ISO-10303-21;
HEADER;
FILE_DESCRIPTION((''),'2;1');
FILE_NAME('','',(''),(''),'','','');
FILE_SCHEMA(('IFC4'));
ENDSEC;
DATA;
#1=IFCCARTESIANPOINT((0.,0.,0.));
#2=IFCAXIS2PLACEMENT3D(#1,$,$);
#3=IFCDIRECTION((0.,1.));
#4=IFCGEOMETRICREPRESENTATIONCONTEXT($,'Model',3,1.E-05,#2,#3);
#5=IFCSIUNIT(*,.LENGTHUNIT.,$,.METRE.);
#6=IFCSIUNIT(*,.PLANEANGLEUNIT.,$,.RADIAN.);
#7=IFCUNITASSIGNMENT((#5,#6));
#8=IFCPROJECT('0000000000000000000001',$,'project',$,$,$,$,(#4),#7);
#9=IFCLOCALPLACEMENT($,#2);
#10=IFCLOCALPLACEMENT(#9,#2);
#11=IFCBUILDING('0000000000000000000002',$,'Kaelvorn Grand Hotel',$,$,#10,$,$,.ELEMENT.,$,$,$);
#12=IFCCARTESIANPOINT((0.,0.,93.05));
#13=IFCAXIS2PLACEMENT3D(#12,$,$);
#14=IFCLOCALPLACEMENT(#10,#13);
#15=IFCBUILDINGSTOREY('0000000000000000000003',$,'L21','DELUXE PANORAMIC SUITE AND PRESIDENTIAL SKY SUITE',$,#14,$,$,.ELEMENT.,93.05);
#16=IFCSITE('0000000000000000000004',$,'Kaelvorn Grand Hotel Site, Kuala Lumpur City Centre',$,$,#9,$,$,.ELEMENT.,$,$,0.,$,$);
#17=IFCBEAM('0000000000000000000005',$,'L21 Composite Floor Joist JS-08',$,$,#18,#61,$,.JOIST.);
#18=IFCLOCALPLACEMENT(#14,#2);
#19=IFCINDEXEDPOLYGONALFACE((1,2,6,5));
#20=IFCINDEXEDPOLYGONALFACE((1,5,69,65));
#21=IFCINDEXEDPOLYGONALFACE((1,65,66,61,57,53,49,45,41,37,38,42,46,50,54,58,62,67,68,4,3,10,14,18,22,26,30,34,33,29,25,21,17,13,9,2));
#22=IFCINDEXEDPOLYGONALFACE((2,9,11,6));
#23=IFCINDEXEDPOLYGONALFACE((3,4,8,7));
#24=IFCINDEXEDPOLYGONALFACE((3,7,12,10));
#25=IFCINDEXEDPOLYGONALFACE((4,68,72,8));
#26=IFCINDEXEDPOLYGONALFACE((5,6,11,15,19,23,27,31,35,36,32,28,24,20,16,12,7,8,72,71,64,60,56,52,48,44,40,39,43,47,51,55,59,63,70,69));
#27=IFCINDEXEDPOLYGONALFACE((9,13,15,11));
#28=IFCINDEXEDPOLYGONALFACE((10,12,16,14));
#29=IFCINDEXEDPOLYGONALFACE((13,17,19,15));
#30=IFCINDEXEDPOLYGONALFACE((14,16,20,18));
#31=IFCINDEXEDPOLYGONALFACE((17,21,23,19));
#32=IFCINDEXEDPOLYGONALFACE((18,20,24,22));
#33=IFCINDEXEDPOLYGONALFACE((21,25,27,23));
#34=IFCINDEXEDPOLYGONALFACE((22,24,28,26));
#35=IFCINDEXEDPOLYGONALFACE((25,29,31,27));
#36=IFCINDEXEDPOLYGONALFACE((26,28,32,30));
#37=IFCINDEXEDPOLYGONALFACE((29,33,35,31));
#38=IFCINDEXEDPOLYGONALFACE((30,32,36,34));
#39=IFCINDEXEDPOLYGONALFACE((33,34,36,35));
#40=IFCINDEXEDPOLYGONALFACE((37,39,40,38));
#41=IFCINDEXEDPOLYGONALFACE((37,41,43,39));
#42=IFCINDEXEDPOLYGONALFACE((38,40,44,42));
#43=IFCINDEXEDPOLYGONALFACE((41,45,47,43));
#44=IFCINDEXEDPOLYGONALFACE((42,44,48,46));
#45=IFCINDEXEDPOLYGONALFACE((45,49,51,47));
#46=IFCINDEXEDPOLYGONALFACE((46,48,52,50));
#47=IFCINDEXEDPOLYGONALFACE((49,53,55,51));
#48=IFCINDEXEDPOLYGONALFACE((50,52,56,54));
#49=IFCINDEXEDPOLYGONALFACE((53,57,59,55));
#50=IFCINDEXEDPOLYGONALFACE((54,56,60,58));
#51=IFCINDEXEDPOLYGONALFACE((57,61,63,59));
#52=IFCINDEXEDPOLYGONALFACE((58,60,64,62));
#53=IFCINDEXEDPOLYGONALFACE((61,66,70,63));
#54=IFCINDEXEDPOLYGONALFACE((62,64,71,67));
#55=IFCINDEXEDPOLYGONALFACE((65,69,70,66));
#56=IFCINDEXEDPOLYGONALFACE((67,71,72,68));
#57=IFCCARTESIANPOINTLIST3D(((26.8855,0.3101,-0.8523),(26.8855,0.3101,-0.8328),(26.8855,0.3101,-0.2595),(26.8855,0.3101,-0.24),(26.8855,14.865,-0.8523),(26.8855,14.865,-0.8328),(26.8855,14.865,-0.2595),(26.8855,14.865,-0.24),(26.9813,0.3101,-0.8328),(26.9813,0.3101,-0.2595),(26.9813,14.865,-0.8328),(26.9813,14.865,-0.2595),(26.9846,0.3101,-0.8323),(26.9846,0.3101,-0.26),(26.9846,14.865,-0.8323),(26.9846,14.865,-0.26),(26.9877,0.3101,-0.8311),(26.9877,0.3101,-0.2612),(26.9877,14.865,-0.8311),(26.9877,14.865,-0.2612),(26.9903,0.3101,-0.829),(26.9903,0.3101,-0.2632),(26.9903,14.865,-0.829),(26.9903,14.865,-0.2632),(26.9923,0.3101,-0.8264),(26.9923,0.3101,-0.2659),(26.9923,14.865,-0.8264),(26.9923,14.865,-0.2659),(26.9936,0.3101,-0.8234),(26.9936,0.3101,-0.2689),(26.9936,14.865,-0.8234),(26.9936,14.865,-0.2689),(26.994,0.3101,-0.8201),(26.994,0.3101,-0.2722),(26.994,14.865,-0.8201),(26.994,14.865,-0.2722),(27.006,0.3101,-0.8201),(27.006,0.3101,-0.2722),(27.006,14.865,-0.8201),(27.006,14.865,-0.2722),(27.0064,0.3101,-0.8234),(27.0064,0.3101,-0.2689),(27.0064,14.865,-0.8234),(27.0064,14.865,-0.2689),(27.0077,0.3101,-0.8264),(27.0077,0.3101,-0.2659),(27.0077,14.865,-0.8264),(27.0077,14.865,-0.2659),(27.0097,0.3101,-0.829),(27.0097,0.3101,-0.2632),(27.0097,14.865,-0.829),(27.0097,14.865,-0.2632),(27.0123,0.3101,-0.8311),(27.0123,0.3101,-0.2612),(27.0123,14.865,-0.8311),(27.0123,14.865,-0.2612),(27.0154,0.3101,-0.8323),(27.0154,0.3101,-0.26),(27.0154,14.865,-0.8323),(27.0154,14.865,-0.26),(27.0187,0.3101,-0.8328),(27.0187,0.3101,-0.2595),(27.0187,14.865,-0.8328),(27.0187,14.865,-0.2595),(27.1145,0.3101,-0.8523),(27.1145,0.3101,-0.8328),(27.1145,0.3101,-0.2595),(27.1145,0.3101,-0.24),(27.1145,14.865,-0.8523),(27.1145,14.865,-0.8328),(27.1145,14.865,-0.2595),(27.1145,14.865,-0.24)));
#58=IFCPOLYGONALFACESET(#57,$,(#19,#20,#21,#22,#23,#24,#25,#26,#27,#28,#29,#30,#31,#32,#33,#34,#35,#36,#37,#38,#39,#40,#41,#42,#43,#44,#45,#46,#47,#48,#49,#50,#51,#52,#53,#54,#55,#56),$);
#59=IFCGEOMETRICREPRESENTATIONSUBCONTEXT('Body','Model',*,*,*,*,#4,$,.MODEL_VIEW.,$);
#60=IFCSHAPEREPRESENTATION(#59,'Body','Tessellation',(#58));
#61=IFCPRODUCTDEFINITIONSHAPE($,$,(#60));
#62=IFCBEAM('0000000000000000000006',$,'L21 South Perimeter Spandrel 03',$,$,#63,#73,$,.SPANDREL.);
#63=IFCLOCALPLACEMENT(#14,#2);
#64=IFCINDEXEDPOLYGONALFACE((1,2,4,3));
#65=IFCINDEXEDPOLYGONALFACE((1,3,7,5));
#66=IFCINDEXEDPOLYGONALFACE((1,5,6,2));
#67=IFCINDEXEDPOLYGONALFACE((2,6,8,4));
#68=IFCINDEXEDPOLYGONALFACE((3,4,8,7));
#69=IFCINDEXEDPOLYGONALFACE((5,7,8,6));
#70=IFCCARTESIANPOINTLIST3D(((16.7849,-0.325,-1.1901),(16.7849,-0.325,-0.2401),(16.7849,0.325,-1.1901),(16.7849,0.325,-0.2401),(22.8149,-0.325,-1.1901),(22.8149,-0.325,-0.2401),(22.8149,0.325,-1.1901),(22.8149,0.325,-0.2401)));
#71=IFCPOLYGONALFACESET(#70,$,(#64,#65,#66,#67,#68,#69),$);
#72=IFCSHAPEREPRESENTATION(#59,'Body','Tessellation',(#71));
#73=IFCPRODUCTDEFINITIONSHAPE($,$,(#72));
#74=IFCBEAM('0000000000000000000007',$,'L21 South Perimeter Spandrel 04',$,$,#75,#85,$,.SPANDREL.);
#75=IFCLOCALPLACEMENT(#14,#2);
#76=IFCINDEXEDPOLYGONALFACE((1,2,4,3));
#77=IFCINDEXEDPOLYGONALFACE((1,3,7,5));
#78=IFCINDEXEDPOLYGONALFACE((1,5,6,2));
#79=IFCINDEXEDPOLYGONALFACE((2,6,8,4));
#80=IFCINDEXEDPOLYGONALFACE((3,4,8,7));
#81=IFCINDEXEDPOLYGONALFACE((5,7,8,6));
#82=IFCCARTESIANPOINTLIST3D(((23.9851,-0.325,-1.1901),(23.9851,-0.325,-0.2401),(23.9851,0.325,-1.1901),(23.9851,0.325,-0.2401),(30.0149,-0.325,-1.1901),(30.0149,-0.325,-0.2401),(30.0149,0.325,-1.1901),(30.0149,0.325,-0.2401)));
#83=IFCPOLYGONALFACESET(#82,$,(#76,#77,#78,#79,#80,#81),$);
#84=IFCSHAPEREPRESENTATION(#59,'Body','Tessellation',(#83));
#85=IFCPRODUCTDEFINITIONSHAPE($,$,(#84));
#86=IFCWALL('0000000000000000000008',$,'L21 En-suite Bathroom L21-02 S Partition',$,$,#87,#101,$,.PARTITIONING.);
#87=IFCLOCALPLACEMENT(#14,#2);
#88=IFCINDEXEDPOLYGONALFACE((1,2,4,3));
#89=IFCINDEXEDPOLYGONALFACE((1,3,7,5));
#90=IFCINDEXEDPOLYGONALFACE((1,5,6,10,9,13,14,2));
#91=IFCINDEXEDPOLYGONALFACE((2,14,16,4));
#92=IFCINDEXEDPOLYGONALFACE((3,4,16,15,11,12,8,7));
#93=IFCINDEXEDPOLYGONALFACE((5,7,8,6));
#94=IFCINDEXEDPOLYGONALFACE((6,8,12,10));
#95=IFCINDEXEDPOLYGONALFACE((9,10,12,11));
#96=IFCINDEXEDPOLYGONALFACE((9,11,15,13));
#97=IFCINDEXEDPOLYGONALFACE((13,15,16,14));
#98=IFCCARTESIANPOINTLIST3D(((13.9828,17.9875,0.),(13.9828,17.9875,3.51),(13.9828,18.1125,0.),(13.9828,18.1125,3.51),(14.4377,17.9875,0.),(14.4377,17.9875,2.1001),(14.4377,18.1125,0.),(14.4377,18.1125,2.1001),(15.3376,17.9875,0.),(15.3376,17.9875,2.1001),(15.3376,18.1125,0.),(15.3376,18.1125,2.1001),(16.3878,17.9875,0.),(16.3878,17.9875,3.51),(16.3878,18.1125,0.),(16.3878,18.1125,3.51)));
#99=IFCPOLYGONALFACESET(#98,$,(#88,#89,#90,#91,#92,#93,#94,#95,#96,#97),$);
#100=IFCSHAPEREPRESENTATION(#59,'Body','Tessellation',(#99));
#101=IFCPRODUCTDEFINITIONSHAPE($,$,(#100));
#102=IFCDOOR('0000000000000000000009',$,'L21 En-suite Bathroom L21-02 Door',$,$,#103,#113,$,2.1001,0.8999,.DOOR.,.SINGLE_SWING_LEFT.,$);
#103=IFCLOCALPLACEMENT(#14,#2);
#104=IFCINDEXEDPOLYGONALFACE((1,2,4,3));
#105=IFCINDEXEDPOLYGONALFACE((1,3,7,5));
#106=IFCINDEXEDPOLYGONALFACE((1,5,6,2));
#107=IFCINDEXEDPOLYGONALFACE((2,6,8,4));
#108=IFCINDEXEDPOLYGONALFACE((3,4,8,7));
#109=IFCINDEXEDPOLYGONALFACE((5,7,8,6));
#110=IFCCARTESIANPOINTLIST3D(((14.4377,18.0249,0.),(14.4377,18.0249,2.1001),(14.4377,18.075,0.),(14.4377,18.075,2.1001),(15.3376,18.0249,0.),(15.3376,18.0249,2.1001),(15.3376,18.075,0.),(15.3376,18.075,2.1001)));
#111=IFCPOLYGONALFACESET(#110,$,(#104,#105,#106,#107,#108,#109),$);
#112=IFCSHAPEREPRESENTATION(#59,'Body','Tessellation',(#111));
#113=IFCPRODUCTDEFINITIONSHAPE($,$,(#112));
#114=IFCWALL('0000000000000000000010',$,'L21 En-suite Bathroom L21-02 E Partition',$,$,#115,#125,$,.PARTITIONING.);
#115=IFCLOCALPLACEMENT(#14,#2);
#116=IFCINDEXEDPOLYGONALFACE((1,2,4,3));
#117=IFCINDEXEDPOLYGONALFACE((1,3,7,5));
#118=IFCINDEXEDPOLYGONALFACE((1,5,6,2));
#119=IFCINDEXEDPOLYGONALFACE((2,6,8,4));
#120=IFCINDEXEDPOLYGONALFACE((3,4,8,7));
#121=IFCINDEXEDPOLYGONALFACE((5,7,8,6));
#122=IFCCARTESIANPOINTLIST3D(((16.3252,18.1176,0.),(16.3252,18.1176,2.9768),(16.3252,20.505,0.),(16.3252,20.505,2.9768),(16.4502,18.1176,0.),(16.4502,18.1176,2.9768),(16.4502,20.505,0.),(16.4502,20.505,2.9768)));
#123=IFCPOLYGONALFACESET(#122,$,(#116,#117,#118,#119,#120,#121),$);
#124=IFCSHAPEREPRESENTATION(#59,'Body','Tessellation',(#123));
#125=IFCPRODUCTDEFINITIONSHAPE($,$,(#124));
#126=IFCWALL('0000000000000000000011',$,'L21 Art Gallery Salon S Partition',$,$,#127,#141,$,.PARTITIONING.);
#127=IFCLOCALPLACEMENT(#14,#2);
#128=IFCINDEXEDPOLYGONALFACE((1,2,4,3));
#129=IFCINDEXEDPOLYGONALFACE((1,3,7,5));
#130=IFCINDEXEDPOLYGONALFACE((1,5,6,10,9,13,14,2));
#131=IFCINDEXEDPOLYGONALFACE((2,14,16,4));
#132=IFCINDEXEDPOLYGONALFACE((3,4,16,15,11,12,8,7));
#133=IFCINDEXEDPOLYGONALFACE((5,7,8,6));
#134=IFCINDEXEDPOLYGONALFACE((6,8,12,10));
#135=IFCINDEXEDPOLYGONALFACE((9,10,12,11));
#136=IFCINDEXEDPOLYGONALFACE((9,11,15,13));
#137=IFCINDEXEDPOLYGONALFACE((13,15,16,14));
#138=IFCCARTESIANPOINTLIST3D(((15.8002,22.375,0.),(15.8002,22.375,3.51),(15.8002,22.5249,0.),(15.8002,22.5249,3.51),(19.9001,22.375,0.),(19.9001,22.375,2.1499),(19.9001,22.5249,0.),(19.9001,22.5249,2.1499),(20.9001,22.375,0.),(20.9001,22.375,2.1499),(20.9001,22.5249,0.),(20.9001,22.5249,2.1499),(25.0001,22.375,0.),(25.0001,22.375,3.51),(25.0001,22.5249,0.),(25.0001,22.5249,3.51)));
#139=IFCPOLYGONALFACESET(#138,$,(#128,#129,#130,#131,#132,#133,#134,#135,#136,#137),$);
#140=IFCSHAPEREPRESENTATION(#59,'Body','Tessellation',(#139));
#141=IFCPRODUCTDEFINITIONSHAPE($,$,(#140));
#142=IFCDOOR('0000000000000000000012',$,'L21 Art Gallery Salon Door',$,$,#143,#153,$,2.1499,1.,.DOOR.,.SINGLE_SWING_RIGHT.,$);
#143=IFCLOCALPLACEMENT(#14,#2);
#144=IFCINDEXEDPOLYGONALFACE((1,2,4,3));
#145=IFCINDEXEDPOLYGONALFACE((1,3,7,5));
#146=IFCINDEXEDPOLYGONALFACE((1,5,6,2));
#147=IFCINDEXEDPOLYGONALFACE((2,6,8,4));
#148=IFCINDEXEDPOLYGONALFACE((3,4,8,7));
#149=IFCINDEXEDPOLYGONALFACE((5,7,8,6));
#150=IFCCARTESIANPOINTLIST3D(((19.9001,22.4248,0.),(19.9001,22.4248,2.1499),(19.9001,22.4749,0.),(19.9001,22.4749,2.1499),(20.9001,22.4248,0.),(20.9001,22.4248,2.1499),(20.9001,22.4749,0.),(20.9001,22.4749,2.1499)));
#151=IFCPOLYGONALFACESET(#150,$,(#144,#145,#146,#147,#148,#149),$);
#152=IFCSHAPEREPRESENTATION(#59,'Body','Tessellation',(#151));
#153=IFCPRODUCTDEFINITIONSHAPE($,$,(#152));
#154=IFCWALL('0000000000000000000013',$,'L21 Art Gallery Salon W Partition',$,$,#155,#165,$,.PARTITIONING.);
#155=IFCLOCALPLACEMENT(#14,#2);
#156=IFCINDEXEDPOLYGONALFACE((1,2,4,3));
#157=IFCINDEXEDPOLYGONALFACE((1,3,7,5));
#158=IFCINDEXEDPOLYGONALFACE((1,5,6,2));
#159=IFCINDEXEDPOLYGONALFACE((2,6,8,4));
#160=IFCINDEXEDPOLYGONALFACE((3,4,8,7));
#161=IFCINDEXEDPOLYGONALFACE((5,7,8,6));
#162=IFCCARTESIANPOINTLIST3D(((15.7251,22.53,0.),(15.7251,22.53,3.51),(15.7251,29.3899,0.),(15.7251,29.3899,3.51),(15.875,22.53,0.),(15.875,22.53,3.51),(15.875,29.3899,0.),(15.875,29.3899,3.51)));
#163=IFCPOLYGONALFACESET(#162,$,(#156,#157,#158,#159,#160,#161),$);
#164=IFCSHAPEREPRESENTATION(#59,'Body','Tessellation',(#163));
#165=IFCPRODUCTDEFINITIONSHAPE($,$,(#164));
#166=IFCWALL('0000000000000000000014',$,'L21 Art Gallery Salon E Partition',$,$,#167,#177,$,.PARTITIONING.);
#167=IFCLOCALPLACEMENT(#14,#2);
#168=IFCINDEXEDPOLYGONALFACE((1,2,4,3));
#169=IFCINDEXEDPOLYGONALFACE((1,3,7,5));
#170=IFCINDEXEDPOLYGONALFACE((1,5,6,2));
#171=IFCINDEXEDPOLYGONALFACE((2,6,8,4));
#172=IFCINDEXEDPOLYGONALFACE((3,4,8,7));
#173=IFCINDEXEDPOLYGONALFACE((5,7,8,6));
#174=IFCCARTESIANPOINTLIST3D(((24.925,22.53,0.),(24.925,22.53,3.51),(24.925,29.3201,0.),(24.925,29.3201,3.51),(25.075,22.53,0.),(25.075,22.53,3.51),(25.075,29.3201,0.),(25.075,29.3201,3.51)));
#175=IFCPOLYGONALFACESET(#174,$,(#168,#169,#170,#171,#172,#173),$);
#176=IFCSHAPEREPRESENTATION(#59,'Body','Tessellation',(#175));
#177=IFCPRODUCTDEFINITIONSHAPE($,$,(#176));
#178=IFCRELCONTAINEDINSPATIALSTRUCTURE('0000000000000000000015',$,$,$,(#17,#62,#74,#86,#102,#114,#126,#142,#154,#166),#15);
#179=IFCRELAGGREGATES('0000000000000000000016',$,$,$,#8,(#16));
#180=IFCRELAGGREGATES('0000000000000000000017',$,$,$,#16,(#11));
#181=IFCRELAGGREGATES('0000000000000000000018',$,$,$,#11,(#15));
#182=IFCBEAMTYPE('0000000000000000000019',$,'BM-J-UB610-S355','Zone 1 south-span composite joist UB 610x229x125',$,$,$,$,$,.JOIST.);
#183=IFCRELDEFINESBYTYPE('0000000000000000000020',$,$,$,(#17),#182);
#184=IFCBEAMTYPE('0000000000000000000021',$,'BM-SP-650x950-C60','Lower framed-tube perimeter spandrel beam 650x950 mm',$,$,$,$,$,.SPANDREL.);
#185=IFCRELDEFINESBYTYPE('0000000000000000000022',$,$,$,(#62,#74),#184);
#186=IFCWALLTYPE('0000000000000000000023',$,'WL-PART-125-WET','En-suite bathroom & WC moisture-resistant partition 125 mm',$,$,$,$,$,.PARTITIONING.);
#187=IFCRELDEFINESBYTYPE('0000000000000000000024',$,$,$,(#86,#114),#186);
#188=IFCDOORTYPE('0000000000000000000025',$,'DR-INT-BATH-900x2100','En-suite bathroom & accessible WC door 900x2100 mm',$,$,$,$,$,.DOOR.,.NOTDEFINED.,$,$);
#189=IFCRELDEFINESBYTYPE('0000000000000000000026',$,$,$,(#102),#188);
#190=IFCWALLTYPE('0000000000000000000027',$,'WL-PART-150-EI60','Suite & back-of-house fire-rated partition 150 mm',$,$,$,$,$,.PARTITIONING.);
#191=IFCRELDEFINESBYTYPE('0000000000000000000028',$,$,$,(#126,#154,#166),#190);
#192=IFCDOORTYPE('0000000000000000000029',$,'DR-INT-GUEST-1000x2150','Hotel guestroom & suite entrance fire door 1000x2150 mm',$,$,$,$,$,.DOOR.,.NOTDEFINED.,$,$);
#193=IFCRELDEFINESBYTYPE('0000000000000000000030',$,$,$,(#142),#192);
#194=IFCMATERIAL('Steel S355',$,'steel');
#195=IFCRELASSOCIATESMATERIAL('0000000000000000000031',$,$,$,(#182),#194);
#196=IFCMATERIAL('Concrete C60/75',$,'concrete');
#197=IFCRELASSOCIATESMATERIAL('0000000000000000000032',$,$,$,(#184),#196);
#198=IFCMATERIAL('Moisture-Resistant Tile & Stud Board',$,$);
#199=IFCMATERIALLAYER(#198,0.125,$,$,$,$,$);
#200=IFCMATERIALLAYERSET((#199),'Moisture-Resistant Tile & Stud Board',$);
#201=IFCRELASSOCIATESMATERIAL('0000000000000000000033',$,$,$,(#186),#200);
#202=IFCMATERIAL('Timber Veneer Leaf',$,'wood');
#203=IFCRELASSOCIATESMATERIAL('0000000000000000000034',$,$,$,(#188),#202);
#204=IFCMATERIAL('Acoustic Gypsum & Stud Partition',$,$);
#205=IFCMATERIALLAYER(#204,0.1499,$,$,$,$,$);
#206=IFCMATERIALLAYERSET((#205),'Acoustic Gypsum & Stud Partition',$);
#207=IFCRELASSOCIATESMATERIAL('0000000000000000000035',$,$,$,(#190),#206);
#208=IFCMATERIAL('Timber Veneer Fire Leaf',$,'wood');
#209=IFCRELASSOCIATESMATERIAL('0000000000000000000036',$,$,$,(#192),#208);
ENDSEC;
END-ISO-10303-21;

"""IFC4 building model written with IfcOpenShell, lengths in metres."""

from ifc_helpers import new_model, si_unit, direction, frame, frame_2d, origin, origin_2d, place, context, subcontext, project, spatial, rectangle, i_section, extrude, material, layer, layer_set, material_profile, profile_set, type_object, element, fill, save


model = new_model("IFC4")

# Units and contexts
model_context = context("Model", 3, precision=1e-05, world=origin(), true_north=direction((0.0, 1.0)))
body_context = subcontext(model_context, "Body", "Model", "MODEL_VIEW")
ifc_project = project(units=[si_unit("LENGTHUNIT", "METRE"), si_unit("PLANEANGLEUNIT", "RADIAN")], contexts=[model_context])

# Site, building, storey
site_placement = place(None, origin())
site = spatial("IfcSite", under=ifc_project, at=site_placement, Name="Kaelvorn Grand Hotel Site, Kuala Lumpur City Centre", CompositionType="ELEMENT", RefElevation=0.0)
building_placement = place(site_placement, origin())
building = spatial("IfcBuilding", under=site, at=building_placement, Name="Kaelvorn Grand Hotel", CompositionType="ELEMENT")
storey_placement = place(building_placement, frame((0.0, 0.0, 93.05)))
storey = spatial("IfcBuildingStorey", under=building, at=storey_placement, Name="L21", Description="DELUXE PANORAMIC SUITE AND PRESIDENTIAL SKY SUITE", CompositionType="ELEMENT", Elevation=93.05)

# Shared definitions
ifc_material_1 = material(Name="Concrete C60/75", Category="concrete")

# Beams
ifc_material_2 = material(Name="Steel S355", Category="steel")
ifc_material_profile_1 = material_profile(ifc_material_2, i_section(OverallWidth=0.229, OverallDepth=0.6123, WebThickness=0.012, FlangeThickness=0.0195, FilletRadius=0.0127, at=origin_2d()), Name="UB 610x229x125")
ifc_profile_set_1 = profile_set([ifc_material_profile_1], Name="Steel S355")
beam_type_1 = type_object("IfcBeamType", Name="BM-J-UB610-S355", Description="Zone 1 south-span composite joist UB 610x229x125", PredefinedType="JOIST", material=ifc_profile_set_1)
beam_1_placement = place(storey_placement, frame((27.0, 0.3101, -0.5461), z_axis=(0.0, 1.0, 0.0), x_axis=(-1.0, 0.0, 0.0)))
element("IfcBeam", 1, at=beam_1_placement, inside=storey, type_object=beam_type_1, Name="L21 Composite Floor Joist JS-08", PredefinedType="JOIST", context=body_context, shape_type="SweptSolid", body=[
    extrude(i_section(OverallWidth=0.229, OverallDepth=0.6123, WebThickness=0.012, FlangeThickness=0.0195, FilletRadius=0.0127, at=origin_2d()), origin(), (0.0, 0.0, 1.0), 14.5549),
])
ifc_material_profile_2 = material_profile(ifc_material_1, rectangle(XDim=0.6499, YDim=0.95, at=origin_2d()), Name="RC SPANDREL 650x950")
ifc_profile_set_2 = profile_set([ifc_material_profile_2], Name="Concrete C60/75")
beam_type_2 = type_object("IfcBeamType", Name="BM-SP-650x950-C60", Description="Lower framed-tube perimeter spandrel beam 650x950 mm", PredefinedType="SPANDREL", material=ifc_profile_set_2)
beam_2_placement = place(storey_placement, frame((16.7849, 0.0, -0.7151), z_axis=(1.0, 0.0, 0.0), x_axis=(0.0, 1.0, 0.0)))
element("IfcBeam", 2, at=beam_2_placement, inside=storey, type_object=beam_type_2, Name="L21 South Perimeter Spandrel 03", PredefinedType="SPANDREL", context=body_context, shape_type="SweptSolid", body=[
    extrude(rectangle(XDim=0.6499, YDim=0.95, at=origin_2d()), origin(), (0.0, 0.0, 1.0), 6.03),
])
beam_3_placement = place(storey_placement, frame((23.9851, 0.0, -0.7151), z_axis=(1.0, 0.0, 0.0), x_axis=(0.0, 1.0, 0.0)))
element("IfcBeam", 3, at=beam_3_placement, inside=storey, type_object=beam_type_2, Name="L21 South Perimeter Spandrel 04", PredefinedType="SPANDREL", context=body_context, shape_type="SweptSolid", body=[
    extrude(rectangle(XDim=0.6499, YDim=0.95, at=origin_2d()), origin(), (0.0, 0.0, 1.0), 6.0298),
])

# Wall, opening, door
ifc_material_3 = material(Name="Moisture-Resistant Tile & Stud Board")
ifc_layer_1 = layer(ifc_material_3, 0.125)
ifc_layer_set_1 = layer_set([ifc_layer_1], Name="Moisture-Resistant Tile & Stud Board")
wall_type_1 = type_object("IfcWallType", Name="WL-PART-125-WET", Description="En-suite bathroom & WC moisture-resistant partition 125 mm", PredefinedType="PARTITIONING", material=ifc_layer_set_1)
wall_1_placement = place(storey_placement, frame((13.9827, 18.05, 0.0), z_axis=(0.0, 0.0, 1.0), x_axis=(1.0, 0.0, 0.0)))
wall_1 = element("IfcWall", 4, at=wall_1_placement, inside=storey, type_object=wall_type_1, Name="L21 En-suite Bathroom L21-02 S Partition", PredefinedType="PARTITIONING", context=body_context, shape_type="SweptSolid", body=[
    extrude(rectangle(XDim=2.405, YDim=0.125, at=frame_2d((1.2026, 0.0))), origin(), (0.0, 0.0, 1.0), 3.51),
])
opening_1_placement = place(wall_1_placement, frame((0.4551, 0.0, 0.0)))
opening_1 = element("IfcOpeningElement", 5, at=opening_1_placement, cuts=wall_1, PredefinedType="OPENING", context=body_context, shape_type="SweptSolid", body=[
    extrude(rectangle(XDim=0.8999, YDim=2.1001, at=frame_2d((0.45, 1.05))), frame((0.0, 0.0725, 0.0), z_axis=(0.0, -1.0, 0.0), x_axis=(1.0, 0.0, 0.0)), (0.0, 0.0, 1.0), 0.145),
])
ifc_material_4 = material(Name="Timber Veneer Leaf", Category="wood")
door_type_1 = type_object("IfcDoorType", Name="DR-INT-BATH-900x2100", Description="En-suite bathroom & accessible WC door 900x2100 mm", OperationType="NOTDEFINED", PredefinedType="DOOR", material=ifc_material_4)
door_1_placement = place(opening_1_placement, origin())
door_1 = element("IfcDoor", 6, at=door_1_placement, inside=storey, type_object=door_type_1, Name="L21 En-suite Bathroom L21-02 Door", OperationType="SINGLE_SWING_LEFT", OverallHeight=2.1001, OverallWidth=0.8999, PredefinedType="DOOR", context=body_context, shape_type="SweptSolid", body=[
    extrude(rectangle(XDim=0.8999, YDim=2.1001, at=frame_2d((0.45, 1.05))), frame((0.0, 0.0249, 0.0), z_axis=(0.0, -1.0, 0.0), x_axis=(1.0, 0.0, 0.0)), (0.0, 0.0, 1.0), 0.05),
])
fill(opening_1, door_1)

# Wall
wall_2_placement = place(storey_placement, frame((16.3877, 18.1174, 0.0), z_axis=(0.0, 0.0, 1.0), x_axis=(0.0, 1.0, 0.0)))
element("IfcWall", 7, at=wall_2_placement, inside=storey, type_object=wall_type_1, Name="L21 En-suite Bathroom L21-02 E Partition", PredefinedType="PARTITIONING", context=body_context, shape_type="SweptSolid", body=[
    extrude(rectangle(XDim=2.3875, YDim=0.125, at=frame_2d((1.1938, 0.0))), origin(), (0.0, 0.0, 1.0), 2.9768),
])

# Wall, opening, door
ifc_material_5 = material(Name="Acoustic Gypsum & Stud Partition")
ifc_layer_2 = layer(ifc_material_5, 0.1499)
ifc_layer_set_2 = layer_set([ifc_layer_2], Name="Acoustic Gypsum & Stud Partition")
wall_type_2 = type_object("IfcWallType", Name="WL-PART-150-EI60", Description="Suite & back-of-house fire-rated partition 150 mm", PredefinedType="PARTITIONING", material=ifc_layer_set_2)
wall_3_placement = place(storey_placement, frame((15.8, 22.45, 0.0), z_axis=(0.0, 0.0, 1.0), x_axis=(1.0, 0.0, 0.0)))
wall_3 = element("IfcWall", 8, at=wall_3_placement, inside=storey, type_object=wall_type_2, Name="L21 Art Gallery Salon S Partition", PredefinedType="PARTITIONING", context=body_context, shape_type="SweptSolid", body=[
    extrude(rectangle(XDim=9.2, YDim=0.1499, at=frame_2d((4.6001, 0.0))), origin(), (0.0, 0.0, 1.0), 3.51),
])
opening_2_placement = place(wall_3_placement, frame((4.1001, 0.0, 0.0)))
opening_2 = element("IfcOpeningElement", 9, at=opening_2_placement, cuts=wall_3, PredefinedType="OPENING", context=body_context, shape_type="SweptSolid", body=[
    extrude(rectangle(XDim=1.0, YDim=2.1499, at=frame_2d((0.5, 1.075))), frame((0.0, 0.085, 0.0), z_axis=(0.0, -1.0, 0.0), x_axis=(1.0, 0.0, 0.0)), (0.0, 0.0, 1.0), 0.1699),
])
ifc_material_6 = material(Name="Timber Veneer Fire Leaf", Category="wood")
door_type_2 = type_object("IfcDoorType", Name="DR-INT-GUEST-1000x2150", Description="Hotel guestroom & suite entrance fire door 1000x2150 mm", OperationType="NOTDEFINED", PredefinedType="DOOR", material=ifc_material_6)
door_2_placement = place(opening_2_placement, origin())
door_2 = element("IfcDoor", 10, at=door_2_placement, inside=storey, type_object=door_type_2, Name="L21 Art Gallery Salon Door", OperationType="SINGLE_SWING_RIGHT", OverallHeight=2.1499, OverallWidth=1.0, PredefinedType="DOOR", context=body_context, shape_type="SweptSolid", body=[
    extrude(rectangle(XDim=1.0, YDim=2.1499, at=frame_2d((0.5, 1.075))), frame((0.0, 0.0249, 0.0), z_axis=(0.0, -1.0, 0.0), x_axis=(1.0, 0.0, 0.0)), (0.0, 0.0, 1.0), 0.05),
])
fill(opening_2, door_2)

# Walls
wall_4_placement = place(storey_placement, frame((15.8, 22.53, 0.0), z_axis=(0.0, 0.0, 1.0), x_axis=(0.0, 1.0, 0.0)))
element("IfcWall", 11, at=wall_4_placement, inside=storey, type_object=wall_type_2, Name="L21 Art Gallery Salon W Partition", PredefinedType="PARTITIONING", context=body_context, shape_type="SweptSolid", body=[
    extrude(rectangle(XDim=6.8599, YDim=0.1499, at=frame_2d((3.4299, 0.0))), origin(), (0.0, 0.0, 1.0), 3.51),
])
wall_5_placement = place(storey_placement, frame((25.0, 22.53, 0.0), z_axis=(0.0, 0.0, 1.0), x_axis=(0.0, 1.0, 0.0)))
element("IfcWall", 12, at=wall_5_placement, inside=storey, type_object=wall_type_2, Name="L21 Art Gallery Salon E Partition", PredefinedType="PARTITIONING", context=body_context, shape_type="SweptSolid", body=[
    extrude(rectangle(XDim=6.79, YDim=0.1499, at=frame_2d((3.395, 0.0))), origin(), (0.0, 0.0, 1.0), 3.51),
])

save(model, "model.ifc")
